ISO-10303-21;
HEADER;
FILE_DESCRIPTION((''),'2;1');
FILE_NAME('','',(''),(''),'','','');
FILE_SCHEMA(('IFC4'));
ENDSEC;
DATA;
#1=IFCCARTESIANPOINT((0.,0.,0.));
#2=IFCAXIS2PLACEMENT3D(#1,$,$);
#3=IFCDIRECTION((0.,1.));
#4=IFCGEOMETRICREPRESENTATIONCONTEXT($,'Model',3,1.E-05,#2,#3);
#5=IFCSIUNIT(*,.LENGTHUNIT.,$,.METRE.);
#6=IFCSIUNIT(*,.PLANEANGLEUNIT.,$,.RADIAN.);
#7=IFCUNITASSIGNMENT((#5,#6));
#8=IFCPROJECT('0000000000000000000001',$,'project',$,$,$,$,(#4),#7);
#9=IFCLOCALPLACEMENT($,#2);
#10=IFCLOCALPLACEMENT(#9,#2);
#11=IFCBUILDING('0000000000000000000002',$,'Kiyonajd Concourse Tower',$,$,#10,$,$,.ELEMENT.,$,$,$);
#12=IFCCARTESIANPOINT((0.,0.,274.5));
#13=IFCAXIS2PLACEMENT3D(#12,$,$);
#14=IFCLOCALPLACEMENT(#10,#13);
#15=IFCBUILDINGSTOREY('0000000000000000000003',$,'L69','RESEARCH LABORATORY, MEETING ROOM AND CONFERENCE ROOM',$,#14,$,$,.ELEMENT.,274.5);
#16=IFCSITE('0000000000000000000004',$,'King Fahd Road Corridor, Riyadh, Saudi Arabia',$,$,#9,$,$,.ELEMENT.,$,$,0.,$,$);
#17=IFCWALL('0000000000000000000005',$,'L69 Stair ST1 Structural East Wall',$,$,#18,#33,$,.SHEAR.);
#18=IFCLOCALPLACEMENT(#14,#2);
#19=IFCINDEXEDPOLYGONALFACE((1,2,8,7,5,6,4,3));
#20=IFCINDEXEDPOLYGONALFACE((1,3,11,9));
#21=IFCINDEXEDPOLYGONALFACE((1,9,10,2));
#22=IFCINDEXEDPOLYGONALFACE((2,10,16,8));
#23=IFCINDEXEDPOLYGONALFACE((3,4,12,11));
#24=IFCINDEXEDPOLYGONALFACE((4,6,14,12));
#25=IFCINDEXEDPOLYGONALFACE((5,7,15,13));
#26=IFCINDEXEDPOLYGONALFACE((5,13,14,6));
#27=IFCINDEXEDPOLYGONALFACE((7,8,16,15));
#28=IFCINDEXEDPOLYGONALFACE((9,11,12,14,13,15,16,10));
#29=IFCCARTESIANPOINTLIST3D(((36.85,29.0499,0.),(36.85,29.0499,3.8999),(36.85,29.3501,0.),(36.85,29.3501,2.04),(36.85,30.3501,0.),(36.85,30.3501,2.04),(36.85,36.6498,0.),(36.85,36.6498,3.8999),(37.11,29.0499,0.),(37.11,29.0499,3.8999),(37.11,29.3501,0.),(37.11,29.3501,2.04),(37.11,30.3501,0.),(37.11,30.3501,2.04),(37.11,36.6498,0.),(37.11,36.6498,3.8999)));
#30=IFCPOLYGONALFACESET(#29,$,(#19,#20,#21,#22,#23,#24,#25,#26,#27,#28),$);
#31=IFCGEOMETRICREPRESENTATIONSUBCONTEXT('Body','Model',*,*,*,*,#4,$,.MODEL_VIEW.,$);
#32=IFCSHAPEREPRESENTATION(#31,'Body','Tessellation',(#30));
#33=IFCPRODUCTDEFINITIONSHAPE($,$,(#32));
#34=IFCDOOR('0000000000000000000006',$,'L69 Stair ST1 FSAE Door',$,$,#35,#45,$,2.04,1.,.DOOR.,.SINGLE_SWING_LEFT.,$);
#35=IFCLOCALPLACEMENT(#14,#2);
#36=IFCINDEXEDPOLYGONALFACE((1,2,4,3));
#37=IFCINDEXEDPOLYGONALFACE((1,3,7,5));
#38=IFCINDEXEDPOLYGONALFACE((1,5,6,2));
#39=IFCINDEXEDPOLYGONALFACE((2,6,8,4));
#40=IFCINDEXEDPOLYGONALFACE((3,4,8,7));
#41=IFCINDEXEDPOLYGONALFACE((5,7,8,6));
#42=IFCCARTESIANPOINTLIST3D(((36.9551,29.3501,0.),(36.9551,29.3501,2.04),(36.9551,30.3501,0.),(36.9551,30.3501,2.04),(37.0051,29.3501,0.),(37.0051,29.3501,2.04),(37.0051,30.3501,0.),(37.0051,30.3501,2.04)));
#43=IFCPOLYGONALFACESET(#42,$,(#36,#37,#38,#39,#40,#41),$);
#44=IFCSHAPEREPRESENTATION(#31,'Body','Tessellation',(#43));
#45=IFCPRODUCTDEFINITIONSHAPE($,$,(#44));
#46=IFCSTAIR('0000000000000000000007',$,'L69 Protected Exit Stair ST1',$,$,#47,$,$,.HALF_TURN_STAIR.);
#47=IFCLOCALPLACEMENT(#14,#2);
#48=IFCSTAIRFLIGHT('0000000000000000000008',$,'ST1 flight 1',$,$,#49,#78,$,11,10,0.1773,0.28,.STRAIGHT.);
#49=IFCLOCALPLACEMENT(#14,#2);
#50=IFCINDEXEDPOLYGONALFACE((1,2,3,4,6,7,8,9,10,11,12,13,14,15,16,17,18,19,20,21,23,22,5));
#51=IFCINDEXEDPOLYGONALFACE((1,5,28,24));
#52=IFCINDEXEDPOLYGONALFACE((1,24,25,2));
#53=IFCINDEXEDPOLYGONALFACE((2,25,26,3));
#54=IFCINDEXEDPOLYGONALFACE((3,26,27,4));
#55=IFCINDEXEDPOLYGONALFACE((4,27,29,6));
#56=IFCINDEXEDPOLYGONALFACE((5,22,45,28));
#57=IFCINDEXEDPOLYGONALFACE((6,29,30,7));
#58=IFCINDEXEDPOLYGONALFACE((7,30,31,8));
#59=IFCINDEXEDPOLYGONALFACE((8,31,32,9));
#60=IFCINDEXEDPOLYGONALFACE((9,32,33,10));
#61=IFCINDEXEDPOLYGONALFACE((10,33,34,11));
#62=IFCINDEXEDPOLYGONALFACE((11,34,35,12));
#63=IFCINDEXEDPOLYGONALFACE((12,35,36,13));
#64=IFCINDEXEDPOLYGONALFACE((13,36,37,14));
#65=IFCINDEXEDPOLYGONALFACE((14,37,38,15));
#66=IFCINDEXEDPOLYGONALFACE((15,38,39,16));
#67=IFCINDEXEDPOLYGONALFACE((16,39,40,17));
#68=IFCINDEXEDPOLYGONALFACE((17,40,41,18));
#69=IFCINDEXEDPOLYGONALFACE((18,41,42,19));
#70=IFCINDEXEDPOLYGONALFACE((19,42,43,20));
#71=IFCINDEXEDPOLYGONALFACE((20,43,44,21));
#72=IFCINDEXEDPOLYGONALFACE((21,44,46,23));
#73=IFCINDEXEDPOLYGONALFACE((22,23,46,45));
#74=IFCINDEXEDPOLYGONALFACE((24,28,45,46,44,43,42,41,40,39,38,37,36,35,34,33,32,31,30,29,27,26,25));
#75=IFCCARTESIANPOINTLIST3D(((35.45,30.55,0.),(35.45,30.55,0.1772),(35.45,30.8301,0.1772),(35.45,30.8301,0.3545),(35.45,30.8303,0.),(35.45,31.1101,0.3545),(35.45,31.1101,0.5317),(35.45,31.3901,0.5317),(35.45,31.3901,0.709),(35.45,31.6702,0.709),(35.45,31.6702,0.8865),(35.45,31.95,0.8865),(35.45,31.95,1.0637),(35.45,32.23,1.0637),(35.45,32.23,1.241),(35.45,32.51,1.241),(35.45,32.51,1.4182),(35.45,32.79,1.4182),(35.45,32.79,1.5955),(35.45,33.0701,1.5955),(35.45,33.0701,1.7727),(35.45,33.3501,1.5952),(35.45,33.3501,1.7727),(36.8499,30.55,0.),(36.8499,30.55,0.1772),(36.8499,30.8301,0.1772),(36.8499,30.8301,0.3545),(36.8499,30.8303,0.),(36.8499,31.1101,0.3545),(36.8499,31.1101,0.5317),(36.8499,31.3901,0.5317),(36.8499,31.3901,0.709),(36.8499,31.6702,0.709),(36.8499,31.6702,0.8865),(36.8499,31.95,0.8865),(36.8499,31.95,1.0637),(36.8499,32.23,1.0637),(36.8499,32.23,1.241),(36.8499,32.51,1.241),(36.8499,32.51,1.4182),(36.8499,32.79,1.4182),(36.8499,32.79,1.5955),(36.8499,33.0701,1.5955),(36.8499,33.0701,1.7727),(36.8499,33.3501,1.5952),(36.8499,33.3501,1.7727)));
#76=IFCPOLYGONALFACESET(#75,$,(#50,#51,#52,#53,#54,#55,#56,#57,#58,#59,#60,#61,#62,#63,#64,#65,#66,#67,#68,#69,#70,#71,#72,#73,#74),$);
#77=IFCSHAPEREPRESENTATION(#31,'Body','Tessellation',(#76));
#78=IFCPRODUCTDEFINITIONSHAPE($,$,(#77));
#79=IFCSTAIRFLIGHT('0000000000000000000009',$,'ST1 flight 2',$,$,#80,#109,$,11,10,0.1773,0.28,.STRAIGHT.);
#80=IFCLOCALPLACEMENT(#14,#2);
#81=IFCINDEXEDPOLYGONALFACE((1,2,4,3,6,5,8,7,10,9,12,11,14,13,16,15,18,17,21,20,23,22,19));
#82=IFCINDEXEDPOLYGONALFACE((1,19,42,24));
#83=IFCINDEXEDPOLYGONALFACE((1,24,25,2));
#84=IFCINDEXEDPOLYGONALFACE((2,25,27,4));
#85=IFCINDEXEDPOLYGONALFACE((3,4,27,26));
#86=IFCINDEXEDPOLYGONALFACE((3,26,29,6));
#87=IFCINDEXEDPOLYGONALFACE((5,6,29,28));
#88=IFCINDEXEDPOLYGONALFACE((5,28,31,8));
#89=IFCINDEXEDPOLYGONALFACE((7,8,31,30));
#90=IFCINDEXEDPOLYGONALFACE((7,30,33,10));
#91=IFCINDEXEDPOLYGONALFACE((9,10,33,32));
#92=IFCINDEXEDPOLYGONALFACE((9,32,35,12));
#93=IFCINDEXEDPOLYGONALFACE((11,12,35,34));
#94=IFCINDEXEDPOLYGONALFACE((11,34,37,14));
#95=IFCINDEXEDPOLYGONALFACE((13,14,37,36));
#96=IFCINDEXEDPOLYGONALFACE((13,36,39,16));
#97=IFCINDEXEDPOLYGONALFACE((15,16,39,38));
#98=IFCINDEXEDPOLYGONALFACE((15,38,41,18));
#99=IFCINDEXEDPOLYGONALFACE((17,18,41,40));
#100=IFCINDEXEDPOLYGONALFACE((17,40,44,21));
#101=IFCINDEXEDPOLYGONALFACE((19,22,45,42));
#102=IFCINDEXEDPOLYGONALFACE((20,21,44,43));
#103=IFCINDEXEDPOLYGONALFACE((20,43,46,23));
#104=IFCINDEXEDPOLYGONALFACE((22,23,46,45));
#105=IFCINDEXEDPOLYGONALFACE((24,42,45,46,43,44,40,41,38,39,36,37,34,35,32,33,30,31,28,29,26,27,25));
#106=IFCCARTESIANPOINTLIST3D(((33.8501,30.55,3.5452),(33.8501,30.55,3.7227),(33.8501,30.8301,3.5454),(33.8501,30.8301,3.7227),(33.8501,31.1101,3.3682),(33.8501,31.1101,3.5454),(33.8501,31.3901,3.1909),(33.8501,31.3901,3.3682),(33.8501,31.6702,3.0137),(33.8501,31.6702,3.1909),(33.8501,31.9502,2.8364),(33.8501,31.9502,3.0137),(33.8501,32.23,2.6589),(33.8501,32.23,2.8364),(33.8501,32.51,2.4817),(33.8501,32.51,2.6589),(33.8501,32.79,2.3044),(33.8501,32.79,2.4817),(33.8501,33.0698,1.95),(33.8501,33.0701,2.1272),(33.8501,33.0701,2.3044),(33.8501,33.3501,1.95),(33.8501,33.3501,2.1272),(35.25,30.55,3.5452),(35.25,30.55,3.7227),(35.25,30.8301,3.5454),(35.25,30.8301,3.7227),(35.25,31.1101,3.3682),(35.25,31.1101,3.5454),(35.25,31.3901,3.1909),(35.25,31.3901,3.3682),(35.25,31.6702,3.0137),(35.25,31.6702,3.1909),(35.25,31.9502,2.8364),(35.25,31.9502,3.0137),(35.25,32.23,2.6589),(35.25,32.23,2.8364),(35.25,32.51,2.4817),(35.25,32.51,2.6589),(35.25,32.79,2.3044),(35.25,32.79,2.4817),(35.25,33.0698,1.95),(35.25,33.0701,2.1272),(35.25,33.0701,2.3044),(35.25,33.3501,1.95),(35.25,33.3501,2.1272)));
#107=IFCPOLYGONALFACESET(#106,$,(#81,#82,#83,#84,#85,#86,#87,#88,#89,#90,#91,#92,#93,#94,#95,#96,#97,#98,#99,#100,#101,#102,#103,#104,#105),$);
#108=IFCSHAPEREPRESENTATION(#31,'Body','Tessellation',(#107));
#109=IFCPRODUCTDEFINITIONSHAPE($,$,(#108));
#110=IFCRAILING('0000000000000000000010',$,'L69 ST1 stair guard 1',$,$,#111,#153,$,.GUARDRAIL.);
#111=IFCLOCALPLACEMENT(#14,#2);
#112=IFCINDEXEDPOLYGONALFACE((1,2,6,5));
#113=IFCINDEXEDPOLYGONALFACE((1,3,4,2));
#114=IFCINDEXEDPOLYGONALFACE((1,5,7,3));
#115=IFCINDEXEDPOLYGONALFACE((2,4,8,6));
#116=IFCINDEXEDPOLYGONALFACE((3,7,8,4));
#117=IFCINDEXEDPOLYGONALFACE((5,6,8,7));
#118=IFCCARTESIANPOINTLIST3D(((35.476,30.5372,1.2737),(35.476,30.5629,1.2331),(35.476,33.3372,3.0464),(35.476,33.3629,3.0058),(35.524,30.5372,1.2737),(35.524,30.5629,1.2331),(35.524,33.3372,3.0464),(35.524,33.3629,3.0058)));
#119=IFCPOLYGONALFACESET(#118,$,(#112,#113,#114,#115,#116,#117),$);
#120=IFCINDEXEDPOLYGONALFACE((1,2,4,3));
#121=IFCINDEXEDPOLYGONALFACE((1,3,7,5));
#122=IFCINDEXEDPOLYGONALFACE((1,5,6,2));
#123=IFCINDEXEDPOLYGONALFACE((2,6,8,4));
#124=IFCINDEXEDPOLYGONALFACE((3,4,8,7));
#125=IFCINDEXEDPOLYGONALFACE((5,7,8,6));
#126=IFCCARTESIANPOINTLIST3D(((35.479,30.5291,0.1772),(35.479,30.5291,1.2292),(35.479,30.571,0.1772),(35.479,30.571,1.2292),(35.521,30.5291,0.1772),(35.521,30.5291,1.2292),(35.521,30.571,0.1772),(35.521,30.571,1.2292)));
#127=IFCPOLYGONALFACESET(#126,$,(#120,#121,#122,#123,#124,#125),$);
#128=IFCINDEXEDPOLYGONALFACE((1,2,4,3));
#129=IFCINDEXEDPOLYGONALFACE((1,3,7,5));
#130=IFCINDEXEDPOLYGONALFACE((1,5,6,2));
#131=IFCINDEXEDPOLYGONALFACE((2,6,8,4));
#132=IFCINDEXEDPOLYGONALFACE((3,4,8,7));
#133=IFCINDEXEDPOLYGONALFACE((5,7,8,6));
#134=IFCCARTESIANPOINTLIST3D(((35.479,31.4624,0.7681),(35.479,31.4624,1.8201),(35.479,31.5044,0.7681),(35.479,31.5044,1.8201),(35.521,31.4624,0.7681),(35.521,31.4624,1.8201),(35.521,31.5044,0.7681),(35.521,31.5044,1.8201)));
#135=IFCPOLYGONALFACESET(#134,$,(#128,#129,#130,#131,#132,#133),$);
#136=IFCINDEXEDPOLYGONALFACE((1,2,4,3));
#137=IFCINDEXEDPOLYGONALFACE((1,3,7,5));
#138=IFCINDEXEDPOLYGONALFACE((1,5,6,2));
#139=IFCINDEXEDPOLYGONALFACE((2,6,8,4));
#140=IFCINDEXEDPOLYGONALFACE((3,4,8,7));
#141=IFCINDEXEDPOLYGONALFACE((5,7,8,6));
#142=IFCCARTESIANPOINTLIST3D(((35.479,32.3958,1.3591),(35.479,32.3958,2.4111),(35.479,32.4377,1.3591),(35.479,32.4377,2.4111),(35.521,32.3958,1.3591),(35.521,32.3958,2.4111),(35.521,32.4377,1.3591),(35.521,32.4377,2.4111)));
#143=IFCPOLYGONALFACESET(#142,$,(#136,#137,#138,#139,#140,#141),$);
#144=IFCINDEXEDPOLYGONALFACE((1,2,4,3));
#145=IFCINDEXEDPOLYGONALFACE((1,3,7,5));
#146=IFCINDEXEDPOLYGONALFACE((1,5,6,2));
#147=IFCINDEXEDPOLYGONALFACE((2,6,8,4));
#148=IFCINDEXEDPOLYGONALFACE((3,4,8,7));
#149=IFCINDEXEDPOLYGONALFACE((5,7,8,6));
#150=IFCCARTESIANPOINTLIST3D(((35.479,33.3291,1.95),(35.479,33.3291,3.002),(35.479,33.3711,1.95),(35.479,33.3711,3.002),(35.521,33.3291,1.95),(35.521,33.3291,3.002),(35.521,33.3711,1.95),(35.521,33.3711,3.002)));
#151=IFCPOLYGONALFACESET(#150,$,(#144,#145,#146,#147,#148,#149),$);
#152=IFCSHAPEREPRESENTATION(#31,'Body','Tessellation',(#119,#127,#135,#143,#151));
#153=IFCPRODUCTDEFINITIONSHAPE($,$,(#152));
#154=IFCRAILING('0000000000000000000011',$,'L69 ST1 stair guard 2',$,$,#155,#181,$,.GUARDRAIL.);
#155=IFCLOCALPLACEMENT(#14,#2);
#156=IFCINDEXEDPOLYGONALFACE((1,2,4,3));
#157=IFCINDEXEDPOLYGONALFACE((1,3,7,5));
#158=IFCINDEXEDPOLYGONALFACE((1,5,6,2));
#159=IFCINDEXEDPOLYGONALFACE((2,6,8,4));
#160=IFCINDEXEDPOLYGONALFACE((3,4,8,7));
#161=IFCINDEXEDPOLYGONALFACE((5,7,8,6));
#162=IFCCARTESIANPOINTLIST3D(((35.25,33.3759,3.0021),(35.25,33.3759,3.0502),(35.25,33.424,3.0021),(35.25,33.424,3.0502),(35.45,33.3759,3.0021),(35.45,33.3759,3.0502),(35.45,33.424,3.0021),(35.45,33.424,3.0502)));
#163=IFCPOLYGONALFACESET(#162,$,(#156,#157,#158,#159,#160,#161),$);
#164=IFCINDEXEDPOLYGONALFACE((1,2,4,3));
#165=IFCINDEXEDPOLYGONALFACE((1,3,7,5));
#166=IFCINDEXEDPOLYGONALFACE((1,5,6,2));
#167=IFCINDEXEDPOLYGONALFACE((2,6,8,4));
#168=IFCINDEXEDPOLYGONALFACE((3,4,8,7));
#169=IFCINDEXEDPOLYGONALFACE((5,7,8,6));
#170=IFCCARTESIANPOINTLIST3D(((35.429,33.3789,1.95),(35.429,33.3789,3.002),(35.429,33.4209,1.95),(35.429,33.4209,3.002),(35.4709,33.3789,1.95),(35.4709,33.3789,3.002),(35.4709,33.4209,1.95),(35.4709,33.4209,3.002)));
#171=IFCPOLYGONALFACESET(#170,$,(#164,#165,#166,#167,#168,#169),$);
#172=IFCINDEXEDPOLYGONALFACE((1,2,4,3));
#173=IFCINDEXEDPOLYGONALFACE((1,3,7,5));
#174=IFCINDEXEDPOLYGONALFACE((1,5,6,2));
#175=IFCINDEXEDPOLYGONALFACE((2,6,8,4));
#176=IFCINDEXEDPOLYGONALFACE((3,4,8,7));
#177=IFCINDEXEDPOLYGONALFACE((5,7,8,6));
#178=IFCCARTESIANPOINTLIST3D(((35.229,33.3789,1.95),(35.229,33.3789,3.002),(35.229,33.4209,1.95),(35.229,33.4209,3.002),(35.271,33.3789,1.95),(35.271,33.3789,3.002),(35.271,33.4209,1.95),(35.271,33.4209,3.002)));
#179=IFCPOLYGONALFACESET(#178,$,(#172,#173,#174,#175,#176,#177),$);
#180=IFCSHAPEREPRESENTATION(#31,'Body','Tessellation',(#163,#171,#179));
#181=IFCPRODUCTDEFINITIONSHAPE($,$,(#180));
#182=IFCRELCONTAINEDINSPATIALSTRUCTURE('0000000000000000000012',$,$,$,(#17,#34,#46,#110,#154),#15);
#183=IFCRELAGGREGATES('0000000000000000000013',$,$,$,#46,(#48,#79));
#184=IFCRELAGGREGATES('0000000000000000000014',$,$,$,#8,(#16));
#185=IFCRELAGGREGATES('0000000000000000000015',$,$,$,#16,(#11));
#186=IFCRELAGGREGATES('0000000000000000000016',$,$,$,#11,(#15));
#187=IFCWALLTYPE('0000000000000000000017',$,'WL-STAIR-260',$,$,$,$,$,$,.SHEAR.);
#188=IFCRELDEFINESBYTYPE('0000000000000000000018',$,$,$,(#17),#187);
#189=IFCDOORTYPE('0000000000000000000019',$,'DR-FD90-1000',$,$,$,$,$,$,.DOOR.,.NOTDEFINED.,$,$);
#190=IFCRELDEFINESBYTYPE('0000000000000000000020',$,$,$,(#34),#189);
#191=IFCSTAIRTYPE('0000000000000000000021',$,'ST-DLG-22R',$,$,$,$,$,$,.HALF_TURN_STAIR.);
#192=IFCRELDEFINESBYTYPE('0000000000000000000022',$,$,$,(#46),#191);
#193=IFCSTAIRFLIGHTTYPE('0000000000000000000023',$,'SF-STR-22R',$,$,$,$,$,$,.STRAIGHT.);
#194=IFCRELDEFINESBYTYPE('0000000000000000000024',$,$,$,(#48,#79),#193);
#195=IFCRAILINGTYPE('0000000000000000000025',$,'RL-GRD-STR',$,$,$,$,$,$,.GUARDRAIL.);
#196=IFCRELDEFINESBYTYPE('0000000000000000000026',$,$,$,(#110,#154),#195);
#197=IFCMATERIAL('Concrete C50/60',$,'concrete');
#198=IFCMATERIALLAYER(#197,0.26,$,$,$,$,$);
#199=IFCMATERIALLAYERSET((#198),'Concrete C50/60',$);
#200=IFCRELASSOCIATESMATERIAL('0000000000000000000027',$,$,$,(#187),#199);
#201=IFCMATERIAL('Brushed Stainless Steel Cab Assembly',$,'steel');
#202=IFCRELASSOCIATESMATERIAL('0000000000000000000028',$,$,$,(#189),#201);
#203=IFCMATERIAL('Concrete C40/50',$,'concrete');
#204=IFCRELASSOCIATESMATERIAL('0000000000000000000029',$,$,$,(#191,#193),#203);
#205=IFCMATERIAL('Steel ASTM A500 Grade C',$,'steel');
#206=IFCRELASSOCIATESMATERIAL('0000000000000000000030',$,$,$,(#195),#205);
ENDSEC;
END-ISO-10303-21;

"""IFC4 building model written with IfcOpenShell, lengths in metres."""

from ifc_helpers import new_model, si_unit, direction, frame, frame_2d, origin, origin_2d, place, context, subcontext, project, spatial, polyline, rectangle, outline, extrude, material, layer, layer_set, type_object, element, fill, aggregate, save


model = new_model("IFC4")

# Units and contexts
model_context = context("Model", 3, precision=1e-05, world=origin(), true_north=direction((0.0, 1.0)))
body_context = subcontext(model_context, "Body", "Model", "MODEL_VIEW")
ifc_project = project(units=[si_unit("LENGTHUNIT", "METRE"), si_unit("PLANEANGLEUNIT", "RADIAN")], contexts=[model_context])

# Site, building, storey
site_placement = place(None, origin())
site = spatial("IfcSite", under=ifc_project, at=site_placement, Name="King Fahd Road Corridor, Riyadh, Saudi Arabia", CompositionType="ELEMENT", RefElevation=0.0)
building_placement = place(site_placement, origin())
building = spatial("IfcBuilding", under=site, at=building_placement, Name="Kiyonajd Concourse Tower", CompositionType="ELEMENT")
storey_placement = place(building_placement, frame((0.0, 0.0, 274.5)))
storey = spatial("IfcBuildingStorey", under=building, at=storey_placement, Name="L69", Description="RESEARCH LABORATORY, MEETING ROOM AND CONFERENCE ROOM", CompositionType="ELEMENT", Elevation=274.5)

# Shared definitions
ifc_material_1 = material(Name="Concrete C50/60", Category="concrete")

# Shared definitions
ifc_material_2 = material(Name="Brushed Stainless Steel Cab Assembly", Category="steel")

# Shared definitions
ifc_layer_1 = layer(ifc_material_1, 0.26)
ifc_layer_set_1 = layer_set([ifc_layer_1], Name="Concrete C50/60")
wall_type_1 = type_object("IfcWallType", Name="WL-STAIR-260", PredefinedType="SHEAR", material=ifc_layer_set_1)

# Wall, opening, door
wall_1_placement = place(storey_placement, frame((36.98, 29.05, 0.0), z_axis=(0.0, 0.0, 1.0), x_axis=(0.0, 1.0, 0.0)))
wall_1 = element("IfcWall", 1, at=wall_1_placement, inside=storey, type_object=wall_type_1, Name="L69 Stair ST1 Structural East Wall", PredefinedType="SHEAR", context=body_context, shape_type="SweptSolid", body=[
    extrude(rectangle(XDim=7.5999, YDim=0.26, at=frame_2d((3.7998, 0.0))), origin(), (0.0, 0.0, 1.0), 3.8999),
])
opening_1_placement = place(wall_1_placement, frame((0.3, 0.0, 0.0)))
opening_1 = element("IfcOpeningElement", 2, at=opening_1_placement, cuts=wall_1, PredefinedType="OPENING", context=body_context, shape_type="SweptSolid", body=[
    extrude(rectangle(XDim=1.0, YDim=2.04, at=frame_2d((0.5, 1.02))), frame((0.0, 0.1399, 0.0), z_axis=(0.0, -1.0, 0.0), x_axis=(1.0, 0.0, 0.0)), (0.0, 0.0, 1.0), 0.28),
])
door_type_1 = type_object("IfcDoorType", Name="DR-FD90-1000", OperationType="NOTDEFINED", PredefinedType="DOOR", material=ifc_material_2)
door_1_placement = place(opening_1_placement, origin())
door_1 = element("IfcDoor", 3, at=door_1_placement, inside=storey, type_object=door_type_1, Name="L69 Stair ST1 FSAE Door", OperationType="SINGLE_SWING_LEFT", OverallHeight=2.04, OverallWidth=1.0, PredefinedType="DOOR", context=body_context, shape_type="SweptSolid", body=[
    extrude(rectangle(XDim=1.0, YDim=2.04, at=frame_2d((0.5, 1.02))), frame((0.0, 0.0249, 0.0), z_axis=(0.0, -1.0, 0.0), x_axis=(1.0, 0.0, 0.0)), (0.0, 0.0, 1.0), 0.05),
])
fill(opening_1, door_1)

# Stair, stair flights
ifc_material_3 = material(Name="Concrete C40/50", Category="concrete")
stair_type = type_object("IfcStairType", Name="ST-DLG-22R", PredefinedType="HALF_TURN_STAIR", material=ifc_material_3)
stair_placement = place(storey_placement, origin())
stair = element("IfcStair", 4, at=stair_placement, inside=storey, type_object=stair_type, Name="L69 Protected Exit Stair ST1", PredefinedType="HALF_TURN_STAIR")
stair_flight_type = type_object("IfcStairFlightType", Name="SF-STR-22R", PredefinedType="STRAIGHT", material=ifc_material_3)
stair_flight_1_placement = place(storey_placement, frame((36.1499, 30.55, 0.0), z_axis=(0.0, 0.0, 1.0), x_axis=(0.0, 1.0, 0.0)))
stair_flight_1 = element("IfcStairFlight", 5, at=stair_flight_1_placement, type_object=stair_flight_type, Name="ST1 flight 1", NumberOfRisers=11, NumberOfTreads=10, PredefinedType="STRAIGHT", RiserHeight=0.1773, TreadLength=0.28, context=body_context, shape_type="SweptSolid", body=[
    extrude(outline(polyline([(0.0, 0.0), (0.0, 0.1772), (0.28, 0.1772), (0.28, 0.3545), (0.5601, 0.3545), (0.5601, 0.5317), (0.8401, 0.5317), (0.8401, 0.709), (1.1201, 0.709), (1.1201, 0.8865), (1.3999, 0.8865), (1.3999, 1.0637), (1.6799, 1.0637), (1.6799, 1.241), (1.96, 1.241), (1.96, 1.4182), (2.24, 1.4182), (2.24, 1.5955), (2.52, 1.5955), (2.52, 1.7727), (2.8, 1.7727), (2.8, 1.95), (2.8, 1.5952), (0.2803, 0.0), (0.0, 0.0)])), frame((0.0, 0.7, 0.0), z_axis=(0.0, -1.0, 0.0), x_axis=(1.0, 0.0, 0.0)), (0.0, 0.0, 1.0), 1.3999),
])
stair_flight_2_placement = place(storey_placement, frame((34.55, 33.3501, 1.95), z_axis=(0.0, 0.0, 1.0), x_axis=(0.0, -1.0, 0.0)))
stair_flight_2 = element("IfcStairFlight", 6, at=stair_flight_2_placement, type_object=stair_flight_type, Name="ST1 flight 2", NumberOfRisers=11, NumberOfTreads=10, PredefinedType="STRAIGHT", RiserHeight=0.1773, TreadLength=0.28, context=body_context, shape_type="SweptSolid", body=[
    extrude(outline(polyline([(0.0, 0.0), (0.0, 0.1772), (0.28, 0.1772), (0.28, 0.3545), (0.5601, 0.3545), (0.5601, 0.5317), (0.8401, 0.5317), (0.8401, 0.709), (1.1201, 0.709), (1.1201, 0.8865), (1.3999, 0.8865), (1.3999, 1.0637), (1.6799, 1.0637), (1.6799, 1.241), (1.96, 1.241), (1.96, 1.4182), (2.24, 1.4182), (2.24, 1.5955), (2.52, 1.5955), (2.52, 1.7727), (2.8, 1.7727), (2.8, 1.95), (2.8, 1.5952), (0.2803, 0.0), (0.0, 0.0)])), frame((0.0, 0.7, 0.0), z_axis=(0.0, -1.0, 0.0), x_axis=(1.0, 0.0, 0.0)), (0.0, 0.0, 1.0), 1.3999),
])
aggregate(stair, [stair_flight_1, stair_flight_2])

# Railings
ifc_material_4 = material(Name="Steel ASTM A500 Grade C", Category="steel")
railing_type_1 = type_object("IfcRailingType", Name="RL-GRD-STR", PredefinedType="GUARDRAIL", material=ifc_material_4)
railing_1_placement = place(storey_placement, frame((35.5, 30.55, 0.1772)))
element("IfcRailing", 7, at=railing_1_placement, inside=storey, type_object=railing_type_1, Name="L69 ST1 stair guard 1", PredefinedType="GUARDRAIL", context=body_context, shape_type="SweptSolid", body=[
    extrude(rectangle(XDim=0.0481, YDim=0.0481, at=origin_2d()), frame((0.0, 0.0, 1.0762), z_axis=(0.0, 0.844909, 0.53491), x_axis=(-1.0, 0.0, 0.0)), (0.0, 0.0, 1.0), 3.314),
    extrude(rectangle(XDim=0.042, YDim=0.042, at=origin_2d()), origin(), (0.0, 0.0, 1.0), 1.052),
    extrude(rectangle(XDim=0.042, YDim=0.042, at=origin_2d()), frame((0.0, 0.9333, 0.5908)), (0.0, 0.0, 1.0), 1.052),
    extrude(rectangle(XDim=0.042, YDim=0.042, at=origin_2d()), frame((0.0, 1.8667, 1.1819)), (0.0, 0.0, 1.0), 1.052),
    extrude(rectangle(XDim=0.042, YDim=0.042, at=origin_2d()), frame((0.0, 2.8, 1.7727)), (0.0, 0.0, 1.0), 1.052),
])
railing_2_placement = place(storey_placement, frame((35.45, 33.3999, 1.95)))
element("IfcRailing", 8, at=railing_2_placement, inside=storey, type_object=railing_type_1, Name="L69 ST1 stair guard 2", PredefinedType="GUARDRAIL", context=body_context, shape_type="SweptSolid", body=[
    extrude(rectangle(XDim=0.0481, YDim=0.0481, at=origin_2d()), frame((0.0, 0.0, 1.0762), z_axis=(-1.0, 0.0, 0.0), x_axis=(0.0, -1.0, 0.0)), (0.0, 0.0, 1.0), 0.2),
    extrude(rectangle(XDim=0.042, YDim=0.042, at=origin_2d()), origin(), (0.0, 0.0, 1.0), 1.052),
    extrude(rectangle(XDim=0.042, YDim=0.042, at=origin_2d()), frame((-0.2, 0.0, 0.0)), (0.0, 0.0, 1.0), 1.052),
])

save(model, "model.ifc")
